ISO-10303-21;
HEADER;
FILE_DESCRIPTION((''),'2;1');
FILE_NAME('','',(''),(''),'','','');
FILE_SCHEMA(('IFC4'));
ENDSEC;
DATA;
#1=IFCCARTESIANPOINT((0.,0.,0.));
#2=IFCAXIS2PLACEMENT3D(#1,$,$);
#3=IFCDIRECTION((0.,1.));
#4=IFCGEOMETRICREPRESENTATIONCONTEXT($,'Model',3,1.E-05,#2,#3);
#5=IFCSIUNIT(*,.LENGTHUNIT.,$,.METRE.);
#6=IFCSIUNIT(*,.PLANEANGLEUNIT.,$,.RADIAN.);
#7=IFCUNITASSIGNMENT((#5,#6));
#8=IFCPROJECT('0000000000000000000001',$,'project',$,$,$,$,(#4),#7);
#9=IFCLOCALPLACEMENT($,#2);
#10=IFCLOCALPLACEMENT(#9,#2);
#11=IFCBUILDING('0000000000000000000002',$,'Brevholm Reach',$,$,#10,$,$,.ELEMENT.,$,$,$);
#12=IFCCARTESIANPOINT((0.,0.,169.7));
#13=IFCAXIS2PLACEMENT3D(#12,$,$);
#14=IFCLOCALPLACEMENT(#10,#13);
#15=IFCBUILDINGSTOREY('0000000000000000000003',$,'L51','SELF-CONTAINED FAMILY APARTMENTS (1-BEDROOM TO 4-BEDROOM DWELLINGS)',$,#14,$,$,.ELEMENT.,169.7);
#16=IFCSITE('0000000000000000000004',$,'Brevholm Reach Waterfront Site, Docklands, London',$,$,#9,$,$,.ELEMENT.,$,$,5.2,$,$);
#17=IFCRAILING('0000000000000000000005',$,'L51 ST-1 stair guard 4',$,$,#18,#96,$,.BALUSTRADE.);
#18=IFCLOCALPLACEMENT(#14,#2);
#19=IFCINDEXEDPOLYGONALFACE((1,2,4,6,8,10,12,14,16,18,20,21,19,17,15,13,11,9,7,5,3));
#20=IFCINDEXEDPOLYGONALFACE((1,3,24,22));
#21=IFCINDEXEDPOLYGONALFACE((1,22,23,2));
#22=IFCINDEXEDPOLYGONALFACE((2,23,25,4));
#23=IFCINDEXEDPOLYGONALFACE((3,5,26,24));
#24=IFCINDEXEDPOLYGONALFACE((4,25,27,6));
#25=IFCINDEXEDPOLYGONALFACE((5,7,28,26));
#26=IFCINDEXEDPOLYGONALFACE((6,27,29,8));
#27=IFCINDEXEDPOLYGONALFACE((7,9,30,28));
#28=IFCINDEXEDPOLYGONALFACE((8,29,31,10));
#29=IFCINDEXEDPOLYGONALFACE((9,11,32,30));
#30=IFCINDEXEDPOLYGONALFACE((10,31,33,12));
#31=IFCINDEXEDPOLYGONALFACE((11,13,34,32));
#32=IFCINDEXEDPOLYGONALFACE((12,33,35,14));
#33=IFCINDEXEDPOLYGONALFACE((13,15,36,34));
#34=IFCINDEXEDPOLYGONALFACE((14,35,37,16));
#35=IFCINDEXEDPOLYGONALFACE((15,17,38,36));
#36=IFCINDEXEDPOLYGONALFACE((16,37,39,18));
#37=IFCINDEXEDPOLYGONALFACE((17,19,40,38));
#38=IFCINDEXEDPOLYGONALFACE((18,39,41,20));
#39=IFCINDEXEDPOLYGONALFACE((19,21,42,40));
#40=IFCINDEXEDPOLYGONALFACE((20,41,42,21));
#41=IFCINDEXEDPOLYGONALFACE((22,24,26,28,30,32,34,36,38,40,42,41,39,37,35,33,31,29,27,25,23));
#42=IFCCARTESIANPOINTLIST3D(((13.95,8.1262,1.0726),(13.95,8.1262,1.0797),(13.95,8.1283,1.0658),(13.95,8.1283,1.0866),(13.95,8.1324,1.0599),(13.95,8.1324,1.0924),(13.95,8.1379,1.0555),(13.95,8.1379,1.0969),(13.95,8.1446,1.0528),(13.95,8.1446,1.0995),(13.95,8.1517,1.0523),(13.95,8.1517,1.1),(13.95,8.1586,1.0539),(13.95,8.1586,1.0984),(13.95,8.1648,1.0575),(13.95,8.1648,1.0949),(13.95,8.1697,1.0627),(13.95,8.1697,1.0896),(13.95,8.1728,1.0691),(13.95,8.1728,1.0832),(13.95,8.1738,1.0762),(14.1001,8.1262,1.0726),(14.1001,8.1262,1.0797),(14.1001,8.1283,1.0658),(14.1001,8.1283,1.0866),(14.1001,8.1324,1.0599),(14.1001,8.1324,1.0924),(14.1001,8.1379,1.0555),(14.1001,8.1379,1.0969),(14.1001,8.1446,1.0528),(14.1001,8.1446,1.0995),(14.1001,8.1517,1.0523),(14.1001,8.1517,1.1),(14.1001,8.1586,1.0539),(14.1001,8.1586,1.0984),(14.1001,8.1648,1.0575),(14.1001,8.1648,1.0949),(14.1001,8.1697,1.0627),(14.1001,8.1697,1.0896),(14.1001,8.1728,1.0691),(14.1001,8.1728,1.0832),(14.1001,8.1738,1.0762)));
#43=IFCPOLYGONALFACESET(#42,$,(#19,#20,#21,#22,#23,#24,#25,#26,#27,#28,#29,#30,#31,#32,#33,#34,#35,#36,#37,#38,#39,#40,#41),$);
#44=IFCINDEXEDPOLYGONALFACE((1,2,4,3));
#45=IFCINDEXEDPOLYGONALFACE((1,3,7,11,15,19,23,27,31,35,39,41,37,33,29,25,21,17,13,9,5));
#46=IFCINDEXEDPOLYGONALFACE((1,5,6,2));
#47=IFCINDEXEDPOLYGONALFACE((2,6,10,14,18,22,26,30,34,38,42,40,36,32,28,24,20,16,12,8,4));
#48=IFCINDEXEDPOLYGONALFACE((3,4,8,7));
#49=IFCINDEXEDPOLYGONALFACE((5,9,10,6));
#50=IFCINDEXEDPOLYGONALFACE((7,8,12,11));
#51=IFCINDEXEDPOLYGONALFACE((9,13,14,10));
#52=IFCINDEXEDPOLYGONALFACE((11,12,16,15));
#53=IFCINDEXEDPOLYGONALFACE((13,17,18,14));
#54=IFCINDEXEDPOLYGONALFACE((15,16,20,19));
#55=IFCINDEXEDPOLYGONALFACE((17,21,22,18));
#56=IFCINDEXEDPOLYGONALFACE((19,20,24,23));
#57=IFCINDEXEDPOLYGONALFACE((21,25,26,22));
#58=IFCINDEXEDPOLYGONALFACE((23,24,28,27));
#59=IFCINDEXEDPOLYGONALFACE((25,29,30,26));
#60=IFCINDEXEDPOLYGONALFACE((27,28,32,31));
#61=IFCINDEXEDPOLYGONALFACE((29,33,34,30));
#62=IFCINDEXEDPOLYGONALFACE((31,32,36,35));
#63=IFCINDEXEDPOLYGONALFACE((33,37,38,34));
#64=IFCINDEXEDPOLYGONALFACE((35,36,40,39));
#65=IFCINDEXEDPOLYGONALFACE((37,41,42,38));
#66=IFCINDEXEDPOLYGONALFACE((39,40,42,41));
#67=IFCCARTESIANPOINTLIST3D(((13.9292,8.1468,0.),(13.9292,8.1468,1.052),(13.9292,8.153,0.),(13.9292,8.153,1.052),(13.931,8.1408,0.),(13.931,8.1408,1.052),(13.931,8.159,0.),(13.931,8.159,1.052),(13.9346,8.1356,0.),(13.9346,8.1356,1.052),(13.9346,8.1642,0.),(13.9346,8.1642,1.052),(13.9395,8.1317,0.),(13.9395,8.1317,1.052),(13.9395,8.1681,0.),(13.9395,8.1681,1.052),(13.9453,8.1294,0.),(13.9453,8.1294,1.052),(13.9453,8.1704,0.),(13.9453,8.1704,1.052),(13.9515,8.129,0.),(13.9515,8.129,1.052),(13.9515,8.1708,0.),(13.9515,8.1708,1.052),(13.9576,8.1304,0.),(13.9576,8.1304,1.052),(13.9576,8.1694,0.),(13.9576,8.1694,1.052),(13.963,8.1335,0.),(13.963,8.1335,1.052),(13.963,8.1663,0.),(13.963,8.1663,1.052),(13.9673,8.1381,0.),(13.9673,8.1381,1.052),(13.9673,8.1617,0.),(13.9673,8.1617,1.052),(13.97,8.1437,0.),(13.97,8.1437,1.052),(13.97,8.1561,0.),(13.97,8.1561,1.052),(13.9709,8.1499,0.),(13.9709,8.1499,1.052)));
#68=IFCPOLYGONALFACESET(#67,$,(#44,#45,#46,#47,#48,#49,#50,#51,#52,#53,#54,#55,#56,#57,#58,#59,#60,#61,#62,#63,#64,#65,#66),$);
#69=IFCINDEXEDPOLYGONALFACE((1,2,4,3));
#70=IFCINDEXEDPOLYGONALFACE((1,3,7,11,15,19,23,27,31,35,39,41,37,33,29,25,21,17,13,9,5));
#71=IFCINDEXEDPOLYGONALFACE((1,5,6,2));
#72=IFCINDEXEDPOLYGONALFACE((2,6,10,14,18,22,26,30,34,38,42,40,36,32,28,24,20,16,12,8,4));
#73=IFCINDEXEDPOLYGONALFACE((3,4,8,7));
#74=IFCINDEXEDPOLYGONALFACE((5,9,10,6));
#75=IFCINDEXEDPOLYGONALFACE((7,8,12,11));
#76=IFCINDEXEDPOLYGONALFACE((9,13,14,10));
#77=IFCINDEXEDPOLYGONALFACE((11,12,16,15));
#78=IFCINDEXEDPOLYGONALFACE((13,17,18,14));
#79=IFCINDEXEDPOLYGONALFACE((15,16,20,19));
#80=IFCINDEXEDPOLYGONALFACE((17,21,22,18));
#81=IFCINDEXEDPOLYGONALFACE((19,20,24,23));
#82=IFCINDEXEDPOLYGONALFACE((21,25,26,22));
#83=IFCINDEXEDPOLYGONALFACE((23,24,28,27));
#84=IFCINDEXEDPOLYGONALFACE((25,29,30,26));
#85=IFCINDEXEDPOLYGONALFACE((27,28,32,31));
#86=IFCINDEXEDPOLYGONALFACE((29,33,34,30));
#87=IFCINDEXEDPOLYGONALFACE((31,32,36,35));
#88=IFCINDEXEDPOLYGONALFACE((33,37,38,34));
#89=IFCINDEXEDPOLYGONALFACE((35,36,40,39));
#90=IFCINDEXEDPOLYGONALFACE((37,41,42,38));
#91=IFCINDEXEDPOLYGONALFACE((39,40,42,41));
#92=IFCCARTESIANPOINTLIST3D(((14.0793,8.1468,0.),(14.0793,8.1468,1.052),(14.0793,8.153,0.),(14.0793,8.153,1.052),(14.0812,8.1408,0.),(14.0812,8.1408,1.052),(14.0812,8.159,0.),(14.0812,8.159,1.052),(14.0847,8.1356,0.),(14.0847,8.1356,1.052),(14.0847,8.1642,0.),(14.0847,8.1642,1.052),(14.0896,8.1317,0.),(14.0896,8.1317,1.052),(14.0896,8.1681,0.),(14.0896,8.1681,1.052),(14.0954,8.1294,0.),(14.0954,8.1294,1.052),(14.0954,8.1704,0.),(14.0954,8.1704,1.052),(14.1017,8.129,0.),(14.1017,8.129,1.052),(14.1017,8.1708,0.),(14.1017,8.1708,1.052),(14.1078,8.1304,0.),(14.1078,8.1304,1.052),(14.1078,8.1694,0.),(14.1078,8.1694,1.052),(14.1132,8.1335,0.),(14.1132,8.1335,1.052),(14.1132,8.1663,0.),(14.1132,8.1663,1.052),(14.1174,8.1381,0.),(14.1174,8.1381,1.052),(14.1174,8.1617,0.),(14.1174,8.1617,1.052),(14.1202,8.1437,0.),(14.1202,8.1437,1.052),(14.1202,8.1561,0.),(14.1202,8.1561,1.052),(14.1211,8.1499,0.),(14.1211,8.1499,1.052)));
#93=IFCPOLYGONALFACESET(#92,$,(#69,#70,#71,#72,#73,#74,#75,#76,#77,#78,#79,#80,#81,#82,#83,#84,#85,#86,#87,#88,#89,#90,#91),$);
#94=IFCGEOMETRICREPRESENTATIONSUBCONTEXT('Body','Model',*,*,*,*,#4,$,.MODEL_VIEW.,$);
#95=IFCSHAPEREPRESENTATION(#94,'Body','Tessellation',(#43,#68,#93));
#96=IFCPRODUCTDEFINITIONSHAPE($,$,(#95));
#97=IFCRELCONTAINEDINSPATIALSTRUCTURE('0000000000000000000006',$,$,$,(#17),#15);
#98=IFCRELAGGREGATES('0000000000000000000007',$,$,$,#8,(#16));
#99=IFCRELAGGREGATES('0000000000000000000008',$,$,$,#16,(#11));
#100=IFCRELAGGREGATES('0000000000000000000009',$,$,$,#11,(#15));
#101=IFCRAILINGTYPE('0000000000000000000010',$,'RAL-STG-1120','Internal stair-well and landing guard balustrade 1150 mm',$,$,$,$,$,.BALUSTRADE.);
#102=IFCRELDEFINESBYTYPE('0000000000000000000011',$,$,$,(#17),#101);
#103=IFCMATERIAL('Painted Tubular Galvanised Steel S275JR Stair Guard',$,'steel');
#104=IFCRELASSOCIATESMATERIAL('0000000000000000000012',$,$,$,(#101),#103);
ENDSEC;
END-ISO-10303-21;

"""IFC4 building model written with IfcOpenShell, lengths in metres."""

from ifc_helpers import new_model, si_unit, direction, frame, origin, origin_2d, place, context, subcontext, project, spatial, circle, extrude, material, type_object, element, save


model = new_model("IFC4")

# Units and contexts
model_context = context("Model", 3, precision=1e-05, world=origin(), true_north=direction((0.0, 1.0)))
body_context = subcontext(model_context, "Body", "Model", "MODEL_VIEW")
ifc_project = project(units=[si_unit("LENGTHUNIT", "METRE"), si_unit("PLANEANGLEUNIT", "RADIAN")], contexts=[model_context])

# Site, building, storey
site_placement = place(None, origin())
site = spatial("IfcSite", under=ifc_project, at=site_placement, Name="Brevholm Reach Waterfront Site, Docklands, London", CompositionType="ELEMENT", RefElevation=5.2)
building_placement = place(site_placement, origin())
building = spatial("IfcBuilding", under=site, at=building_placement, Name="Brevholm Reach", CompositionType="ELEMENT")
storey_placement = place(building_placement, frame((0.0, 0.0, 169.7)))
storey = spatial("IfcBuildingStorey", under=building, at=storey_placement, Name="L51", Description="SELF-CONTAINED FAMILY APARTMENTS (1-BEDROOM TO 4-BEDROOM DWELLINGS)", CompositionType="ELEMENT", Elevation=169.7)

# Railing
ifc_material_1 = material(Name="Painted Tubular Galvanised Steel S275JR Stair Guard", Category="steel")
railing_type_1 = type_object("IfcRailingType", Name="RAL-STG-1120", Description="Internal stair-well and landing guard balustrade 1150 mm", PredefinedType="BALUSTRADE", material=ifc_material_1)
railing_1_placement = place(storey_placement, frame((13.95, 8.1499, 0.0)))
element("IfcRailing", 1, at=railing_1_placement, inside=storey, type_object=railing_type_1, Name="L51 ST-1 stair guard 4", PredefinedType="BALUSTRADE", context=body_context, shape_type="SweptSolid", body=[
    extrude(circle(Radius=0.0239, at=origin_2d()), frame((0.0, 0.0, 1.0762), z_axis=(1.0, 0.0, 0.0), x_axis=(0.0, 1.0, 0.0)), (0.0, 0.0, 1.0), 0.1501),
    extrude(circle(Radius=0.021, at=origin_2d()), origin(), (0.0, 0.0, 1.0), 1.052),
    extrude(circle(Radius=0.021, at=origin_2d()), frame((0.1501, 0.0, 0.0)), (0.0, 0.0, 1.0), 1.052),
])

save(model, "model.ifc")
